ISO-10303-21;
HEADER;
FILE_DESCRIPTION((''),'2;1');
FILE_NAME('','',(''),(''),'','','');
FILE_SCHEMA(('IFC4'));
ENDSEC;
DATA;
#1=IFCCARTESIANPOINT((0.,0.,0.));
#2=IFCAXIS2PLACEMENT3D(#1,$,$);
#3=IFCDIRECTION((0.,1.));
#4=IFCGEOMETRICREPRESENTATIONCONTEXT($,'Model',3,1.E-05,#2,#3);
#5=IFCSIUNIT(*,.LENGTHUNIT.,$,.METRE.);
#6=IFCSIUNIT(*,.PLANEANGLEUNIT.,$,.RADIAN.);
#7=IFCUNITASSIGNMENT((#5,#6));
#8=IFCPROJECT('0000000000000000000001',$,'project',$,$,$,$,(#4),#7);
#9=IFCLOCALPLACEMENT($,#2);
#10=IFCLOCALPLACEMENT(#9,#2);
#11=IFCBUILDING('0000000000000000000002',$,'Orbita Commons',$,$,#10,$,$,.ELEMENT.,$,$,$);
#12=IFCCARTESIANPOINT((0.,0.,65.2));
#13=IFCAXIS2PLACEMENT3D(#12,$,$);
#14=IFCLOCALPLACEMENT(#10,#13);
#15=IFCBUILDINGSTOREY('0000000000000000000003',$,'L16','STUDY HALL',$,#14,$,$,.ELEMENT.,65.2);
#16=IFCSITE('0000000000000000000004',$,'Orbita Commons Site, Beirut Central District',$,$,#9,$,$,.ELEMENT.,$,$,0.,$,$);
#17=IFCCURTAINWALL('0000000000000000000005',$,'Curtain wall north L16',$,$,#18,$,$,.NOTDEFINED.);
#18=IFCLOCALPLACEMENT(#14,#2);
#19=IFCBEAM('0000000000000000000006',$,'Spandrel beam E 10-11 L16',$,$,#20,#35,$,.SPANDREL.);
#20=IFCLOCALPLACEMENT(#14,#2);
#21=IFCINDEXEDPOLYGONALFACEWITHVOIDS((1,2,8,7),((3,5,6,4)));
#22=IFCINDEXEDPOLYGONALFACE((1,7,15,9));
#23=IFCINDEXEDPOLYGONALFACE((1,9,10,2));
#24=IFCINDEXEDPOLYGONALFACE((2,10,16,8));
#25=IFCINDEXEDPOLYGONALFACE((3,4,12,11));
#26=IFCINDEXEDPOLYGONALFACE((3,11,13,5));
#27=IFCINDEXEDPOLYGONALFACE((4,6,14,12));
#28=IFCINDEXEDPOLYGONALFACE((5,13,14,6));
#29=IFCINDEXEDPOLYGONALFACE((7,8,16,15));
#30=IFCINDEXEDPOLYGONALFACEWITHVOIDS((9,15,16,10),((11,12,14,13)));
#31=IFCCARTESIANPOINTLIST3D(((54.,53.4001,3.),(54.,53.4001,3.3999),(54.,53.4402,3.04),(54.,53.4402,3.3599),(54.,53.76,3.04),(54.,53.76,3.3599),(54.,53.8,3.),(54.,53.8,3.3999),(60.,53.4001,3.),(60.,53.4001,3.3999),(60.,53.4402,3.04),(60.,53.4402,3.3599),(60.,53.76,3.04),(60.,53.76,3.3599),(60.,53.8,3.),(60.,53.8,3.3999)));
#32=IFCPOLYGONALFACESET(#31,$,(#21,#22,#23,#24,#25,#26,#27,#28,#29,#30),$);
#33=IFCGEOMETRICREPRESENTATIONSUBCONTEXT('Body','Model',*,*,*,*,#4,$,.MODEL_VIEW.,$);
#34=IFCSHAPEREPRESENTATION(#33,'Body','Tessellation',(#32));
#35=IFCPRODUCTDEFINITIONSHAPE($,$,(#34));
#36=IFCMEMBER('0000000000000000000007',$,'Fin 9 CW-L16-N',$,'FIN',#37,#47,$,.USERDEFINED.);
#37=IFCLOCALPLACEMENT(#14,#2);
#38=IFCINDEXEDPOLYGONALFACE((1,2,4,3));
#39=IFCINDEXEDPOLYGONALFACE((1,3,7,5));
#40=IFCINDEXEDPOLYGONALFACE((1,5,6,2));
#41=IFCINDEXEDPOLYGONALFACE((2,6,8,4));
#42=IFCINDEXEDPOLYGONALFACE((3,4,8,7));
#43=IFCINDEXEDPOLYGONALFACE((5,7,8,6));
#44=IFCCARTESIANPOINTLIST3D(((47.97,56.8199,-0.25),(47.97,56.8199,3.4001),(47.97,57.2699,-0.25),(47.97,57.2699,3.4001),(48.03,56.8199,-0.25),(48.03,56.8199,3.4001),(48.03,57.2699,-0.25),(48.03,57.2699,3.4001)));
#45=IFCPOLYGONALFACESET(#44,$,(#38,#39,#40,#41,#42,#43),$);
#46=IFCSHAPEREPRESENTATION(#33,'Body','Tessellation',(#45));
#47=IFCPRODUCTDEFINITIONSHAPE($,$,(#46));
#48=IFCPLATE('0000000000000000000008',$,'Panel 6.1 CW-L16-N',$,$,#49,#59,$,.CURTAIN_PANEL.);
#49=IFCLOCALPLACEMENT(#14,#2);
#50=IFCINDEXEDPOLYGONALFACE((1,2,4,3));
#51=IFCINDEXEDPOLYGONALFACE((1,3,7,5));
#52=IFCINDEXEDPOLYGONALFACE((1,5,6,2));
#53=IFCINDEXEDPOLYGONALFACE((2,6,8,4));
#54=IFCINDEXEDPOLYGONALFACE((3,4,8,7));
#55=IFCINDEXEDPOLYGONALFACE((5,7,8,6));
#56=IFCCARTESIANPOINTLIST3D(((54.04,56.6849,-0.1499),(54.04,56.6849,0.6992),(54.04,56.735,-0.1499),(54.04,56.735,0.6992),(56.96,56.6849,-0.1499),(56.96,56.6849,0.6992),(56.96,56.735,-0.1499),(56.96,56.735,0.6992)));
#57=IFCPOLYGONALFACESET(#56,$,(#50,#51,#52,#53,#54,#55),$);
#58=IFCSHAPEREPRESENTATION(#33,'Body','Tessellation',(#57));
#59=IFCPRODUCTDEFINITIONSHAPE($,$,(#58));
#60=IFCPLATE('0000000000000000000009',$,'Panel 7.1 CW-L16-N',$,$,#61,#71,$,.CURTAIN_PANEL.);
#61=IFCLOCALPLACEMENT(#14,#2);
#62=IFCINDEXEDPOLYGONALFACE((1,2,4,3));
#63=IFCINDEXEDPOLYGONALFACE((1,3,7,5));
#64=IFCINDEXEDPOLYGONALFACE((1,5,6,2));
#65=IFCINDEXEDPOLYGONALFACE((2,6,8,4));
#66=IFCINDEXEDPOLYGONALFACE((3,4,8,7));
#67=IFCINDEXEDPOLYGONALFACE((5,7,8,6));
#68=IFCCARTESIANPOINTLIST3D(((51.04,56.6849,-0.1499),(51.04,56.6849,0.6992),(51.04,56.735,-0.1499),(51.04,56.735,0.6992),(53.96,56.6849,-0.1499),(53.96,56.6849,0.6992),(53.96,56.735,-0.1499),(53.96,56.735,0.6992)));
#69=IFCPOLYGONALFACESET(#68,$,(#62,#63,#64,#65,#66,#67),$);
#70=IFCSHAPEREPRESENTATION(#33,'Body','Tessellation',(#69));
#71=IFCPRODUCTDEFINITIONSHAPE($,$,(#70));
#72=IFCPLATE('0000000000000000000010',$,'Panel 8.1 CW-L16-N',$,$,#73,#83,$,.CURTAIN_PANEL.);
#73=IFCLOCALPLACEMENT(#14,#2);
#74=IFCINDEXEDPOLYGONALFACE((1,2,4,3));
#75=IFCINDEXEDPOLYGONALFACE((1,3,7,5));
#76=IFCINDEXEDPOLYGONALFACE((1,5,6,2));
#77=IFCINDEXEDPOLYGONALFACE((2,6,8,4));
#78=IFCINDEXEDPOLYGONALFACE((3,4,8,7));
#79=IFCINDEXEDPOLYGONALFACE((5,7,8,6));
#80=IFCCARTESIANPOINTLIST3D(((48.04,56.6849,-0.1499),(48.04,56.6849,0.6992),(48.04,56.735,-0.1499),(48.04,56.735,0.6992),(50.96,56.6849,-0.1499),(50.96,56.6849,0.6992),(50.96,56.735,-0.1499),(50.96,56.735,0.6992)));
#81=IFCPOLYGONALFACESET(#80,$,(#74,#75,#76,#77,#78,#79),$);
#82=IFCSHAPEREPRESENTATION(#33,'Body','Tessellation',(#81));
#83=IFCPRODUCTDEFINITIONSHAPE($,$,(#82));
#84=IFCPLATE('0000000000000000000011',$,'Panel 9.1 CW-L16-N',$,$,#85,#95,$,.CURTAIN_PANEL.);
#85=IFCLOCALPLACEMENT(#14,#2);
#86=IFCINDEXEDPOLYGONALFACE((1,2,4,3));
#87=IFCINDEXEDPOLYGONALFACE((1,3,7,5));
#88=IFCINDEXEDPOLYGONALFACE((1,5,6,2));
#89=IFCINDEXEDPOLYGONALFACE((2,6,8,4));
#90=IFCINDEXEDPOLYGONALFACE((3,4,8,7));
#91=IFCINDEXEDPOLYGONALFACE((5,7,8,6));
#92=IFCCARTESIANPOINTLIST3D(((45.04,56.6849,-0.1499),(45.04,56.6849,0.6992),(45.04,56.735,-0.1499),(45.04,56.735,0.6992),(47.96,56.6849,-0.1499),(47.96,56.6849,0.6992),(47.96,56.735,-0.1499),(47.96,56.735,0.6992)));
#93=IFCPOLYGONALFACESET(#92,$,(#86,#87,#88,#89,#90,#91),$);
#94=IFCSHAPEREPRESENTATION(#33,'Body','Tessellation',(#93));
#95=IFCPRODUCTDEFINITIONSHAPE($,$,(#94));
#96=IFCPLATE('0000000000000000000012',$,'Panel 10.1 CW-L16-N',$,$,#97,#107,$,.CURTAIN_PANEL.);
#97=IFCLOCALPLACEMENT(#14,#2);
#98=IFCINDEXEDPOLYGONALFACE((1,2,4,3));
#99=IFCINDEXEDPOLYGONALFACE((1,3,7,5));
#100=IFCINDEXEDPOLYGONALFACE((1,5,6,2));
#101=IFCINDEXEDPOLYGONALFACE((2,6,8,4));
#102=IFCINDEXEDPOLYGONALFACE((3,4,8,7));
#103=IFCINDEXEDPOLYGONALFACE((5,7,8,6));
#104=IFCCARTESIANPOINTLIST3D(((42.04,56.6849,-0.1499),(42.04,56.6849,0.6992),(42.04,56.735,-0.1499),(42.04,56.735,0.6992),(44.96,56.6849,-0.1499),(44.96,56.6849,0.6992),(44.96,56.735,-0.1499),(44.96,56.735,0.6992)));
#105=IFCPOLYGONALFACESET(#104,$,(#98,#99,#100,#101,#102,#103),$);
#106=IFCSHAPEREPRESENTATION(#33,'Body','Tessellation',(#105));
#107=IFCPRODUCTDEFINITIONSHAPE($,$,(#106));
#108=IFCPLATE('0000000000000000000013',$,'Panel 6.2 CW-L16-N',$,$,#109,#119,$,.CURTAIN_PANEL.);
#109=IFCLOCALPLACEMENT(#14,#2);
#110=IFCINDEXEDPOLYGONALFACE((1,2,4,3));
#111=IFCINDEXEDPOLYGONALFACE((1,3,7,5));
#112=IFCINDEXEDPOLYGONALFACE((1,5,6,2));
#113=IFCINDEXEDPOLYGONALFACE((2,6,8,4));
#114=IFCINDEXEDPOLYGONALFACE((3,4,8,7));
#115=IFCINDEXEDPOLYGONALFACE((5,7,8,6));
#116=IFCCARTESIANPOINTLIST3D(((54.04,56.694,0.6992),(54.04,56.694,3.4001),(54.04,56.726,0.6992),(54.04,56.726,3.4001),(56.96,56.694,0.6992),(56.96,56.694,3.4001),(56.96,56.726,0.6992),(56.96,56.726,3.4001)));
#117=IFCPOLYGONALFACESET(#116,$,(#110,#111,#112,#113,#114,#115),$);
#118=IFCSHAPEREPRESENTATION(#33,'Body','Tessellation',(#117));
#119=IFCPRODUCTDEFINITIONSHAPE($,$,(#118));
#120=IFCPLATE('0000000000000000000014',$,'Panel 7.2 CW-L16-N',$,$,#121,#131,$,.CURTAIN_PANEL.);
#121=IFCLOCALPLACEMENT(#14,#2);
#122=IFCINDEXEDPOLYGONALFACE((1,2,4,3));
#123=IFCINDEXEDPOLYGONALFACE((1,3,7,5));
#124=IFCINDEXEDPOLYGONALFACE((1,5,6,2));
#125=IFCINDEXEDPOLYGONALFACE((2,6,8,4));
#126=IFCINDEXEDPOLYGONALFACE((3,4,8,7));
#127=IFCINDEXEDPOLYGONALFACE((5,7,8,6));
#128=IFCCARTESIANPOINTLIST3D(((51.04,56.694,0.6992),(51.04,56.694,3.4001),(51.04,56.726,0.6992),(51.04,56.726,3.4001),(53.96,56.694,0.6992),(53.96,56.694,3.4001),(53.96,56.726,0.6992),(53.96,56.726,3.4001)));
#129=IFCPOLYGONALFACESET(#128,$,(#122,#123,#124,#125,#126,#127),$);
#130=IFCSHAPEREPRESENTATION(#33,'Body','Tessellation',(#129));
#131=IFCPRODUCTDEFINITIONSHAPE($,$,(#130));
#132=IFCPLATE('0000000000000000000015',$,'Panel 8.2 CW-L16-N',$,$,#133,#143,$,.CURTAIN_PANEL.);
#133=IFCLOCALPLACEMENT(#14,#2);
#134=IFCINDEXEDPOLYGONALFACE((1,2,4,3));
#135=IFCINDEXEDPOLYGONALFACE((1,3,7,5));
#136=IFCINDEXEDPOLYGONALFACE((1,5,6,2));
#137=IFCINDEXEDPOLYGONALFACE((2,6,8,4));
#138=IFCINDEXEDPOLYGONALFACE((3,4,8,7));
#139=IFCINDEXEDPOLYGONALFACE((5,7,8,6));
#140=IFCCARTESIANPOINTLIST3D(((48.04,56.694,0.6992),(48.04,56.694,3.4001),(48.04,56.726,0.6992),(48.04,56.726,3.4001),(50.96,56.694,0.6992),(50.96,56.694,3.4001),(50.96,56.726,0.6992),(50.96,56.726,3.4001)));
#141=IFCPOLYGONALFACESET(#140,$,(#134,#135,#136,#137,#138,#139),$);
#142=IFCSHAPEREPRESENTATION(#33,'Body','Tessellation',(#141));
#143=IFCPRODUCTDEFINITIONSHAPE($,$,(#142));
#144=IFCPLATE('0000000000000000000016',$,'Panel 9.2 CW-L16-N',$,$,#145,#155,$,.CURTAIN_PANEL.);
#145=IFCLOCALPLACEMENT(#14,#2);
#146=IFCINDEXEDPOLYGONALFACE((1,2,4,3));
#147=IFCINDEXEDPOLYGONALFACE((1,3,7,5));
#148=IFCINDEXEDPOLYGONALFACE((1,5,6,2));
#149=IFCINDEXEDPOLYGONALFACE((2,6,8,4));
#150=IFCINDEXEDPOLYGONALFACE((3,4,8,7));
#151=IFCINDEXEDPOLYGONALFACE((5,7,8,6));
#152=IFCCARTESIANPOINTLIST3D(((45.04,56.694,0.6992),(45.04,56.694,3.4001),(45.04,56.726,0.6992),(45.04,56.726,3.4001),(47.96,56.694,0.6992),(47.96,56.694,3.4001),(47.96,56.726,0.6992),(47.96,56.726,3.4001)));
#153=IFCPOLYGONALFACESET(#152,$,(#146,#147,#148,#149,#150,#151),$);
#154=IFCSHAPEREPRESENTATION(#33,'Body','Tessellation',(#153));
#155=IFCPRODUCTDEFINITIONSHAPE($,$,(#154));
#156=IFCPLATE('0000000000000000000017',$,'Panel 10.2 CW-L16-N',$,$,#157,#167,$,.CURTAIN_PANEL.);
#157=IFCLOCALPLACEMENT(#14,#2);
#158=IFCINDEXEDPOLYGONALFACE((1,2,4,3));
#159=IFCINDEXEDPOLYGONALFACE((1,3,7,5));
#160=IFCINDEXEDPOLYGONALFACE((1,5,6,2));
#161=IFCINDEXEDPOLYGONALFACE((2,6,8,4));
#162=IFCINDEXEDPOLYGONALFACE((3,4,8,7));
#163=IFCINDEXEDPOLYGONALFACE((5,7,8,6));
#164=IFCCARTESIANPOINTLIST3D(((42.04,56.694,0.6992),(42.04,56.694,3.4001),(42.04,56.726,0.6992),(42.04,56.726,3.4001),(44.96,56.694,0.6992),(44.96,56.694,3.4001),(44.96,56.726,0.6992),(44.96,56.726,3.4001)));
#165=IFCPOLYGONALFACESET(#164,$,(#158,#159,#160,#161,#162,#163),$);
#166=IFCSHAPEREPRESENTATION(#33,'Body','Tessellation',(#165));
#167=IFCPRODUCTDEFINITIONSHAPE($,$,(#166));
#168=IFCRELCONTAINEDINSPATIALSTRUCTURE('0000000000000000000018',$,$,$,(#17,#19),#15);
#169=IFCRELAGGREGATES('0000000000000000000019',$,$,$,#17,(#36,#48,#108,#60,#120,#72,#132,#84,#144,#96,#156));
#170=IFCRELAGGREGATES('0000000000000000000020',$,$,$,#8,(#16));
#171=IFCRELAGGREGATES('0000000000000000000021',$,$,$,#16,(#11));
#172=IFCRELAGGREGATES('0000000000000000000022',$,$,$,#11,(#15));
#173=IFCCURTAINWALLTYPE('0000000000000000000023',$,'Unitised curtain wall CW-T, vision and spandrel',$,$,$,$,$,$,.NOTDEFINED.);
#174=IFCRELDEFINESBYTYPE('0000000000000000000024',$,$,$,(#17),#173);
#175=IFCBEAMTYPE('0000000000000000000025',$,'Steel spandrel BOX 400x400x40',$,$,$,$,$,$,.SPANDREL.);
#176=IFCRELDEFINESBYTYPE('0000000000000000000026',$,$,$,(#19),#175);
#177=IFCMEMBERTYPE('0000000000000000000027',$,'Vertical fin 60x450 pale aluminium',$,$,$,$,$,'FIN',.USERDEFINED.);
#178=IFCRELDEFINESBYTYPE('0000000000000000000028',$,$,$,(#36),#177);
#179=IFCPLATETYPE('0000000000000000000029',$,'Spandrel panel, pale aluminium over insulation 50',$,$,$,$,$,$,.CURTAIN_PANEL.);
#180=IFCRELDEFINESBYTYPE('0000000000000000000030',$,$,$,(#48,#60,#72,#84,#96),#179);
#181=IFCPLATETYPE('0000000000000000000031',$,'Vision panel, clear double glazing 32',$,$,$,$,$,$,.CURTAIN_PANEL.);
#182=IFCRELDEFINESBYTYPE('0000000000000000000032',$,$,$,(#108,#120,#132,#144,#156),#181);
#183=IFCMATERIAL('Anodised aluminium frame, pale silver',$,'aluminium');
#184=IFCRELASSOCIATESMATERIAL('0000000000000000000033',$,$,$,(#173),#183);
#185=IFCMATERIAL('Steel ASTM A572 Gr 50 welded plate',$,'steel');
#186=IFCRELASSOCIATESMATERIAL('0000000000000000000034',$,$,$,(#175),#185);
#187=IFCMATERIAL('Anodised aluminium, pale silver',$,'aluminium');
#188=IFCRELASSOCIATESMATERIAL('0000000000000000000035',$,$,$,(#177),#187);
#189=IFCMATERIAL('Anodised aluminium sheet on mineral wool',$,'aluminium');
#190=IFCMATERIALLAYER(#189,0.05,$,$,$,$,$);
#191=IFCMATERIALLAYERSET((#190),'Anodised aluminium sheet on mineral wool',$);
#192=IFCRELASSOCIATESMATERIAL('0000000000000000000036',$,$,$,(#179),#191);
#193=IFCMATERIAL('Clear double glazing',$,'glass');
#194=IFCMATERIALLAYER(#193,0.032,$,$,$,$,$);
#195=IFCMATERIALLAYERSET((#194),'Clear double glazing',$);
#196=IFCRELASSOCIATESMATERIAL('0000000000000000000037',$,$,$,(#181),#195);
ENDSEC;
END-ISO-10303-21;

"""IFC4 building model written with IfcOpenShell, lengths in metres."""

from ifc_helpers import new_model, si_unit, direction, frame, origin, origin_2d, place, context, subcontext, project, spatial, rectangle, hollow_rectangle, extrude, material, layer, layer_set, material_profile, profile_set, type_object, element, aggregate, save


model = new_model("IFC4")

# Units and contexts
model_context = context("Model", 3, precision=1e-05, world=origin(), true_north=direction((0.0, 1.0)))
body_context = subcontext(model_context, "Body", "Model", "MODEL_VIEW")
ifc_project = project(units=[si_unit("LENGTHUNIT", "METRE"), si_unit("PLANEANGLEUNIT", "RADIAN")], contexts=[model_context])

# Site, building, storey
site_placement = place(None, origin())
site = spatial("IfcSite", under=ifc_project, at=site_placement, Name="Orbita Commons Site, Beirut Central District", CompositionType="ELEMENT", RefElevation=0.0)
building_placement = place(site_placement, origin())
building = spatial("IfcBuilding", under=site, at=building_placement, Name="Orbita Commons", CompositionType="ELEMENT")
storey_placement = place(building_placement, frame((0.0, 0.0, 65.2)))
storey = spatial("IfcBuildingStorey", under=building, at=storey_placement, Name="L16", Description="STUDY HALL", CompositionType="ELEMENT", Elevation=65.2)

# Curtain wall
ifc_material_1 = material(Name="Anodised aluminium frame, pale silver", Category="aluminium")
curtain_wall_type = type_object("IfcCurtainWallType", Name="Unitised curtain wall CW-T, vision and spandrel", PredefinedType="NOTDEFINED", material=ifc_material_1)
curtain_wall_placement = place(storey_placement, origin())
curtain_wall = element("IfcCurtainWall", 1, at=curtain_wall_placement, inside=storey, type_object=curtain_wall_type, Name="Curtain wall north L16", PredefinedType="NOTDEFINED")

# Beam
ifc_material_2 = material(Name="Steel ASTM A572 Gr 50 welded plate", Category="steel")
ifc_material_profile_1 = material_profile(ifc_material_2, hollow_rectangle(XDim=0.3999, YDim=0.3999, WallThickness=0.04, at=origin_2d()), Name="BOX 400x400x40")
ifc_profile_set_1 = profile_set([ifc_material_profile_1], Name="Steel ASTM A572 Gr 50 welded plate")
beam_type = type_object("IfcBeamType", Name="Steel spandrel BOX 400x400x40", PredefinedType="SPANDREL", material=ifc_profile_set_1)
for number, where, z_axis, x_axis, name in (
    (2, (54.0, 53.6001, 3.2), (1.0, 0.0, 0.0), (0.0, 1.0, 0.0), "Spandrel beam E 10-11 L16"),
):
    element("IfcBeam", number, at=place(storey_placement, frame(where, z_axis=z_axis, x_axis=x_axis)), inside=storey, type_object=beam_type, Name=name, PredefinedType="SPANDREL", context=body_context, shape_type="SweptSolid", body=[
        extrude(hollow_rectangle(XDim=0.3999, YDim=0.3999, WallThickness=0.04, at=origin_2d()), origin(), (0.0, 0.0, 1.0), 6.0),
    ])

# Member
ifc_material_3 = material(Name="Anodised aluminium, pale silver", Category="aluminium")
ifc_material_profile_2 = material_profile(ifc_material_3, rectangle(XDim=0.0601, YDim=0.45, at=origin_2d()), Name="FIN 60x450")
ifc_profile_set_2 = profile_set([ifc_material_profile_2], Name="Anodised aluminium, pale silver")
member_type_1 = type_object("IfcMemberType", Name="Vertical fin 60x450 pale aluminium", ElementType="FIN", PredefinedType="USERDEFINED", material=ifc_profile_set_2)
member_1_placement = place(storey_placement, frame((48.0, 57.0449, -0.25), z_axis=(0.0, 0.0, 1.0), x_axis=(-1.0, 0.0, 0.0)))
member_1 = element("IfcMember", 3, at=member_1_placement, type_object=member_type_1, Name="Fin 9 CW-L16-N", ObjectType="FIN", PredefinedType="USERDEFINED", context=body_context, shape_type="SweptSolid", body=[
    extrude(rectangle(XDim=0.0601, YDim=0.45, at=origin_2d()), origin(), (0.0, 0.0, 1.0), 3.6501),
])

# Plates
ifc_material_4 = material(Name="Anodised aluminium sheet on mineral wool", Category="aluminium")
ifc_layer_1 = layer(ifc_material_4, 0.05)
ifc_layer_set_1 = layer_set([ifc_layer_1], Name="Anodised aluminium sheet on mineral wool")
plate_type_1 = type_object("IfcPlateType", Name="Spandrel panel, pale aluminium over insulation 50", PredefinedType="CURTAIN_PANEL", material=ifc_layer_set_1)
plate_1_placement = place(storey_placement, frame((55.5, 56.71, -0.1499), z_axis=(0.0, 0.0, 1.0), x_axis=(-1.0, 0.0, 0.0)))
plate_1 = element("IfcPlate", 4, at=plate_1_placement, type_object=plate_type_1, Name="Panel 6.1 CW-L16-N", PredefinedType="CURTAIN_PANEL", context=body_context, shape_type="SweptSolid", body=[
    extrude(rectangle(XDim=2.9199, YDim=0.05, at=origin_2d()), origin(), (0.0, 0.0, 1.0), 0.8491),
])
plate_2_placement = place(storey_placement, frame((52.5, 56.71, -0.1499), z_axis=(0.0, 0.0, 1.0), x_axis=(-1.0, 0.0, 0.0)))
plate_2 = element("IfcPlate", 5, at=plate_2_placement, type_object=plate_type_1, Name="Panel 7.1 CW-L16-N", PredefinedType="CURTAIN_PANEL", context=body_context, shape_type="SweptSolid", body=[
    extrude(rectangle(XDim=2.9199, YDim=0.05, at=origin_2d()), origin(), (0.0, 0.0, 1.0), 0.8491),
])
plate_3_placement = place(storey_placement, frame((49.5, 56.71, -0.1499), z_axis=(0.0, 0.0, 1.0), x_axis=(-1.0, 0.0, 0.0)))
plate_3 = element("IfcPlate", 6, at=plate_3_placement, type_object=plate_type_1, Name="Panel 8.1 CW-L16-N", PredefinedType="CURTAIN_PANEL", context=body_context, shape_type="SweptSolid", body=[
    extrude(rectangle(XDim=2.9199, YDim=0.05, at=origin_2d()), origin(), (0.0, 0.0, 1.0), 0.8491),
])
plate_4_placement = place(storey_placement, frame((46.5, 56.71, -0.1499), z_axis=(0.0, 0.0, 1.0), x_axis=(-1.0, 0.0, 0.0)))
plate_4 = element("IfcPlate", 7, at=plate_4_placement, type_object=plate_type_1, Name="Panel 9.1 CW-L16-N", PredefinedType="CURTAIN_PANEL", context=body_context, shape_type="SweptSolid", body=[
    extrude(rectangle(XDim=2.9199, YDim=0.05, at=origin_2d()), origin(), (0.0, 0.0, 1.0), 0.8491),
])
plate_5_placement = place(storey_placement, frame((43.5, 56.71, -0.1499), z_axis=(0.0, 0.0, 1.0), x_axis=(-1.0, 0.0, 0.0)))
plate_5 = element("IfcPlate", 8, at=plate_5_placement, type_object=plate_type_1, Name="Panel 10.1 CW-L16-N", PredefinedType="CURTAIN_PANEL", context=body_context, shape_type="SweptSolid", body=[
    extrude(rectangle(XDim=2.9199, YDim=0.05, at=origin_2d()), origin(), (0.0, 0.0, 1.0), 0.8491),
])
ifc_material_5 = material(Name="Clear double glazing", Category="glass")
ifc_layer_2 = layer(ifc_material_5, 0.032)
ifc_layer_set_2 = layer_set([ifc_layer_2], Name="Clear double glazing")
plate_type_2 = type_object("IfcPlateType", Name="Vision panel, clear double glazing 32", PredefinedType="CURTAIN_PANEL", material=ifc_layer_set_2)
plate_6_placement = place(storey_placement, frame((55.5, 56.71, 0.6992), z_axis=(0.0, 0.0, 1.0), x_axis=(-1.0, 0.0, 0.0)))
plate_6 = element("IfcPlate", 9, at=plate_6_placement, type_object=plate_type_2, Name="Panel 6.2 CW-L16-N", PredefinedType="CURTAIN_PANEL", context=body_context, shape_type="SweptSolid", body=[
    extrude(rectangle(XDim=2.9199, YDim=0.032, at=origin_2d()), origin(), (0.0, 0.0, 1.0), 2.7009),
])
plate_7_placement = place(storey_placement, frame((52.5, 56.71, 0.6992), z_axis=(0.0, 0.0, 1.0), x_axis=(-1.0, 0.0, 0.0)))
plate_7 = element("IfcPlate", 10, at=plate_7_placement, type_object=plate_type_2, Name="Panel 7.2 CW-L16-N", PredefinedType="CURTAIN_PANEL", context=body_context, shape_type="SweptSolid", body=[
    extrude(rectangle(XDim=2.9199, YDim=0.032, at=origin_2d()), origin(), (0.0, 0.0, 1.0), 2.7009),
])
plate_8_placement = place(storey_placement, frame((49.5, 56.71, 0.6992), z_axis=(0.0, 0.0, 1.0), x_axis=(-1.0, 0.0, 0.0)))
plate_8 = element("IfcPlate", 11, at=plate_8_placement, type_object=plate_type_2, Name="Panel 8.2 CW-L16-N", PredefinedType="CURTAIN_PANEL", context=body_context, shape_type="SweptSolid", body=[
    extrude(rectangle(XDim=2.9199, YDim=0.032, at=origin_2d()), origin(), (0.0, 0.0, 1.0), 2.7009),
])
plate_9_placement = place(storey_placement, frame((46.5, 56.71, 0.6992), z_axis=(0.0, 0.0, 1.0), x_axis=(-1.0, 0.0, 0.0)))
plate_9 = element("IfcPlate", 12, at=plate_9_placement, type_object=plate_type_2, Name="Panel 9.2 CW-L16-N", PredefinedType="CURTAIN_PANEL", context=body_context, shape_type="SweptSolid", body=[
    extrude(rectangle(XDim=2.9199, YDim=0.032, at=origin_2d()), origin(), (0.0, 0.0, 1.0), 2.7009),
])
plate_10_placement = place(storey_placement, frame((43.5, 56.71, 0.6992), z_axis=(0.0, 0.0, 1.0), x_axis=(-1.0, 0.0, 0.0)))
plate_10 = element("IfcPlate", 13, at=plate_10_placement, type_object=plate_type_2, Name="Panel 10.2 CW-L16-N", PredefinedType="CURTAIN_PANEL", context=body_context, shape_type="SweptSolid", body=[
    extrude(rectangle(XDim=2.9199, YDim=0.032, at=origin_2d()), origin(), (0.0, 0.0, 1.0), 2.7009),
])
aggregate(curtain_wall, [member_1, plate_1, plate_6, plate_2, plate_7, plate_3, plate_8, plate_4, plate_9, plate_5, plate_10])

save(model, "model.ifc")
